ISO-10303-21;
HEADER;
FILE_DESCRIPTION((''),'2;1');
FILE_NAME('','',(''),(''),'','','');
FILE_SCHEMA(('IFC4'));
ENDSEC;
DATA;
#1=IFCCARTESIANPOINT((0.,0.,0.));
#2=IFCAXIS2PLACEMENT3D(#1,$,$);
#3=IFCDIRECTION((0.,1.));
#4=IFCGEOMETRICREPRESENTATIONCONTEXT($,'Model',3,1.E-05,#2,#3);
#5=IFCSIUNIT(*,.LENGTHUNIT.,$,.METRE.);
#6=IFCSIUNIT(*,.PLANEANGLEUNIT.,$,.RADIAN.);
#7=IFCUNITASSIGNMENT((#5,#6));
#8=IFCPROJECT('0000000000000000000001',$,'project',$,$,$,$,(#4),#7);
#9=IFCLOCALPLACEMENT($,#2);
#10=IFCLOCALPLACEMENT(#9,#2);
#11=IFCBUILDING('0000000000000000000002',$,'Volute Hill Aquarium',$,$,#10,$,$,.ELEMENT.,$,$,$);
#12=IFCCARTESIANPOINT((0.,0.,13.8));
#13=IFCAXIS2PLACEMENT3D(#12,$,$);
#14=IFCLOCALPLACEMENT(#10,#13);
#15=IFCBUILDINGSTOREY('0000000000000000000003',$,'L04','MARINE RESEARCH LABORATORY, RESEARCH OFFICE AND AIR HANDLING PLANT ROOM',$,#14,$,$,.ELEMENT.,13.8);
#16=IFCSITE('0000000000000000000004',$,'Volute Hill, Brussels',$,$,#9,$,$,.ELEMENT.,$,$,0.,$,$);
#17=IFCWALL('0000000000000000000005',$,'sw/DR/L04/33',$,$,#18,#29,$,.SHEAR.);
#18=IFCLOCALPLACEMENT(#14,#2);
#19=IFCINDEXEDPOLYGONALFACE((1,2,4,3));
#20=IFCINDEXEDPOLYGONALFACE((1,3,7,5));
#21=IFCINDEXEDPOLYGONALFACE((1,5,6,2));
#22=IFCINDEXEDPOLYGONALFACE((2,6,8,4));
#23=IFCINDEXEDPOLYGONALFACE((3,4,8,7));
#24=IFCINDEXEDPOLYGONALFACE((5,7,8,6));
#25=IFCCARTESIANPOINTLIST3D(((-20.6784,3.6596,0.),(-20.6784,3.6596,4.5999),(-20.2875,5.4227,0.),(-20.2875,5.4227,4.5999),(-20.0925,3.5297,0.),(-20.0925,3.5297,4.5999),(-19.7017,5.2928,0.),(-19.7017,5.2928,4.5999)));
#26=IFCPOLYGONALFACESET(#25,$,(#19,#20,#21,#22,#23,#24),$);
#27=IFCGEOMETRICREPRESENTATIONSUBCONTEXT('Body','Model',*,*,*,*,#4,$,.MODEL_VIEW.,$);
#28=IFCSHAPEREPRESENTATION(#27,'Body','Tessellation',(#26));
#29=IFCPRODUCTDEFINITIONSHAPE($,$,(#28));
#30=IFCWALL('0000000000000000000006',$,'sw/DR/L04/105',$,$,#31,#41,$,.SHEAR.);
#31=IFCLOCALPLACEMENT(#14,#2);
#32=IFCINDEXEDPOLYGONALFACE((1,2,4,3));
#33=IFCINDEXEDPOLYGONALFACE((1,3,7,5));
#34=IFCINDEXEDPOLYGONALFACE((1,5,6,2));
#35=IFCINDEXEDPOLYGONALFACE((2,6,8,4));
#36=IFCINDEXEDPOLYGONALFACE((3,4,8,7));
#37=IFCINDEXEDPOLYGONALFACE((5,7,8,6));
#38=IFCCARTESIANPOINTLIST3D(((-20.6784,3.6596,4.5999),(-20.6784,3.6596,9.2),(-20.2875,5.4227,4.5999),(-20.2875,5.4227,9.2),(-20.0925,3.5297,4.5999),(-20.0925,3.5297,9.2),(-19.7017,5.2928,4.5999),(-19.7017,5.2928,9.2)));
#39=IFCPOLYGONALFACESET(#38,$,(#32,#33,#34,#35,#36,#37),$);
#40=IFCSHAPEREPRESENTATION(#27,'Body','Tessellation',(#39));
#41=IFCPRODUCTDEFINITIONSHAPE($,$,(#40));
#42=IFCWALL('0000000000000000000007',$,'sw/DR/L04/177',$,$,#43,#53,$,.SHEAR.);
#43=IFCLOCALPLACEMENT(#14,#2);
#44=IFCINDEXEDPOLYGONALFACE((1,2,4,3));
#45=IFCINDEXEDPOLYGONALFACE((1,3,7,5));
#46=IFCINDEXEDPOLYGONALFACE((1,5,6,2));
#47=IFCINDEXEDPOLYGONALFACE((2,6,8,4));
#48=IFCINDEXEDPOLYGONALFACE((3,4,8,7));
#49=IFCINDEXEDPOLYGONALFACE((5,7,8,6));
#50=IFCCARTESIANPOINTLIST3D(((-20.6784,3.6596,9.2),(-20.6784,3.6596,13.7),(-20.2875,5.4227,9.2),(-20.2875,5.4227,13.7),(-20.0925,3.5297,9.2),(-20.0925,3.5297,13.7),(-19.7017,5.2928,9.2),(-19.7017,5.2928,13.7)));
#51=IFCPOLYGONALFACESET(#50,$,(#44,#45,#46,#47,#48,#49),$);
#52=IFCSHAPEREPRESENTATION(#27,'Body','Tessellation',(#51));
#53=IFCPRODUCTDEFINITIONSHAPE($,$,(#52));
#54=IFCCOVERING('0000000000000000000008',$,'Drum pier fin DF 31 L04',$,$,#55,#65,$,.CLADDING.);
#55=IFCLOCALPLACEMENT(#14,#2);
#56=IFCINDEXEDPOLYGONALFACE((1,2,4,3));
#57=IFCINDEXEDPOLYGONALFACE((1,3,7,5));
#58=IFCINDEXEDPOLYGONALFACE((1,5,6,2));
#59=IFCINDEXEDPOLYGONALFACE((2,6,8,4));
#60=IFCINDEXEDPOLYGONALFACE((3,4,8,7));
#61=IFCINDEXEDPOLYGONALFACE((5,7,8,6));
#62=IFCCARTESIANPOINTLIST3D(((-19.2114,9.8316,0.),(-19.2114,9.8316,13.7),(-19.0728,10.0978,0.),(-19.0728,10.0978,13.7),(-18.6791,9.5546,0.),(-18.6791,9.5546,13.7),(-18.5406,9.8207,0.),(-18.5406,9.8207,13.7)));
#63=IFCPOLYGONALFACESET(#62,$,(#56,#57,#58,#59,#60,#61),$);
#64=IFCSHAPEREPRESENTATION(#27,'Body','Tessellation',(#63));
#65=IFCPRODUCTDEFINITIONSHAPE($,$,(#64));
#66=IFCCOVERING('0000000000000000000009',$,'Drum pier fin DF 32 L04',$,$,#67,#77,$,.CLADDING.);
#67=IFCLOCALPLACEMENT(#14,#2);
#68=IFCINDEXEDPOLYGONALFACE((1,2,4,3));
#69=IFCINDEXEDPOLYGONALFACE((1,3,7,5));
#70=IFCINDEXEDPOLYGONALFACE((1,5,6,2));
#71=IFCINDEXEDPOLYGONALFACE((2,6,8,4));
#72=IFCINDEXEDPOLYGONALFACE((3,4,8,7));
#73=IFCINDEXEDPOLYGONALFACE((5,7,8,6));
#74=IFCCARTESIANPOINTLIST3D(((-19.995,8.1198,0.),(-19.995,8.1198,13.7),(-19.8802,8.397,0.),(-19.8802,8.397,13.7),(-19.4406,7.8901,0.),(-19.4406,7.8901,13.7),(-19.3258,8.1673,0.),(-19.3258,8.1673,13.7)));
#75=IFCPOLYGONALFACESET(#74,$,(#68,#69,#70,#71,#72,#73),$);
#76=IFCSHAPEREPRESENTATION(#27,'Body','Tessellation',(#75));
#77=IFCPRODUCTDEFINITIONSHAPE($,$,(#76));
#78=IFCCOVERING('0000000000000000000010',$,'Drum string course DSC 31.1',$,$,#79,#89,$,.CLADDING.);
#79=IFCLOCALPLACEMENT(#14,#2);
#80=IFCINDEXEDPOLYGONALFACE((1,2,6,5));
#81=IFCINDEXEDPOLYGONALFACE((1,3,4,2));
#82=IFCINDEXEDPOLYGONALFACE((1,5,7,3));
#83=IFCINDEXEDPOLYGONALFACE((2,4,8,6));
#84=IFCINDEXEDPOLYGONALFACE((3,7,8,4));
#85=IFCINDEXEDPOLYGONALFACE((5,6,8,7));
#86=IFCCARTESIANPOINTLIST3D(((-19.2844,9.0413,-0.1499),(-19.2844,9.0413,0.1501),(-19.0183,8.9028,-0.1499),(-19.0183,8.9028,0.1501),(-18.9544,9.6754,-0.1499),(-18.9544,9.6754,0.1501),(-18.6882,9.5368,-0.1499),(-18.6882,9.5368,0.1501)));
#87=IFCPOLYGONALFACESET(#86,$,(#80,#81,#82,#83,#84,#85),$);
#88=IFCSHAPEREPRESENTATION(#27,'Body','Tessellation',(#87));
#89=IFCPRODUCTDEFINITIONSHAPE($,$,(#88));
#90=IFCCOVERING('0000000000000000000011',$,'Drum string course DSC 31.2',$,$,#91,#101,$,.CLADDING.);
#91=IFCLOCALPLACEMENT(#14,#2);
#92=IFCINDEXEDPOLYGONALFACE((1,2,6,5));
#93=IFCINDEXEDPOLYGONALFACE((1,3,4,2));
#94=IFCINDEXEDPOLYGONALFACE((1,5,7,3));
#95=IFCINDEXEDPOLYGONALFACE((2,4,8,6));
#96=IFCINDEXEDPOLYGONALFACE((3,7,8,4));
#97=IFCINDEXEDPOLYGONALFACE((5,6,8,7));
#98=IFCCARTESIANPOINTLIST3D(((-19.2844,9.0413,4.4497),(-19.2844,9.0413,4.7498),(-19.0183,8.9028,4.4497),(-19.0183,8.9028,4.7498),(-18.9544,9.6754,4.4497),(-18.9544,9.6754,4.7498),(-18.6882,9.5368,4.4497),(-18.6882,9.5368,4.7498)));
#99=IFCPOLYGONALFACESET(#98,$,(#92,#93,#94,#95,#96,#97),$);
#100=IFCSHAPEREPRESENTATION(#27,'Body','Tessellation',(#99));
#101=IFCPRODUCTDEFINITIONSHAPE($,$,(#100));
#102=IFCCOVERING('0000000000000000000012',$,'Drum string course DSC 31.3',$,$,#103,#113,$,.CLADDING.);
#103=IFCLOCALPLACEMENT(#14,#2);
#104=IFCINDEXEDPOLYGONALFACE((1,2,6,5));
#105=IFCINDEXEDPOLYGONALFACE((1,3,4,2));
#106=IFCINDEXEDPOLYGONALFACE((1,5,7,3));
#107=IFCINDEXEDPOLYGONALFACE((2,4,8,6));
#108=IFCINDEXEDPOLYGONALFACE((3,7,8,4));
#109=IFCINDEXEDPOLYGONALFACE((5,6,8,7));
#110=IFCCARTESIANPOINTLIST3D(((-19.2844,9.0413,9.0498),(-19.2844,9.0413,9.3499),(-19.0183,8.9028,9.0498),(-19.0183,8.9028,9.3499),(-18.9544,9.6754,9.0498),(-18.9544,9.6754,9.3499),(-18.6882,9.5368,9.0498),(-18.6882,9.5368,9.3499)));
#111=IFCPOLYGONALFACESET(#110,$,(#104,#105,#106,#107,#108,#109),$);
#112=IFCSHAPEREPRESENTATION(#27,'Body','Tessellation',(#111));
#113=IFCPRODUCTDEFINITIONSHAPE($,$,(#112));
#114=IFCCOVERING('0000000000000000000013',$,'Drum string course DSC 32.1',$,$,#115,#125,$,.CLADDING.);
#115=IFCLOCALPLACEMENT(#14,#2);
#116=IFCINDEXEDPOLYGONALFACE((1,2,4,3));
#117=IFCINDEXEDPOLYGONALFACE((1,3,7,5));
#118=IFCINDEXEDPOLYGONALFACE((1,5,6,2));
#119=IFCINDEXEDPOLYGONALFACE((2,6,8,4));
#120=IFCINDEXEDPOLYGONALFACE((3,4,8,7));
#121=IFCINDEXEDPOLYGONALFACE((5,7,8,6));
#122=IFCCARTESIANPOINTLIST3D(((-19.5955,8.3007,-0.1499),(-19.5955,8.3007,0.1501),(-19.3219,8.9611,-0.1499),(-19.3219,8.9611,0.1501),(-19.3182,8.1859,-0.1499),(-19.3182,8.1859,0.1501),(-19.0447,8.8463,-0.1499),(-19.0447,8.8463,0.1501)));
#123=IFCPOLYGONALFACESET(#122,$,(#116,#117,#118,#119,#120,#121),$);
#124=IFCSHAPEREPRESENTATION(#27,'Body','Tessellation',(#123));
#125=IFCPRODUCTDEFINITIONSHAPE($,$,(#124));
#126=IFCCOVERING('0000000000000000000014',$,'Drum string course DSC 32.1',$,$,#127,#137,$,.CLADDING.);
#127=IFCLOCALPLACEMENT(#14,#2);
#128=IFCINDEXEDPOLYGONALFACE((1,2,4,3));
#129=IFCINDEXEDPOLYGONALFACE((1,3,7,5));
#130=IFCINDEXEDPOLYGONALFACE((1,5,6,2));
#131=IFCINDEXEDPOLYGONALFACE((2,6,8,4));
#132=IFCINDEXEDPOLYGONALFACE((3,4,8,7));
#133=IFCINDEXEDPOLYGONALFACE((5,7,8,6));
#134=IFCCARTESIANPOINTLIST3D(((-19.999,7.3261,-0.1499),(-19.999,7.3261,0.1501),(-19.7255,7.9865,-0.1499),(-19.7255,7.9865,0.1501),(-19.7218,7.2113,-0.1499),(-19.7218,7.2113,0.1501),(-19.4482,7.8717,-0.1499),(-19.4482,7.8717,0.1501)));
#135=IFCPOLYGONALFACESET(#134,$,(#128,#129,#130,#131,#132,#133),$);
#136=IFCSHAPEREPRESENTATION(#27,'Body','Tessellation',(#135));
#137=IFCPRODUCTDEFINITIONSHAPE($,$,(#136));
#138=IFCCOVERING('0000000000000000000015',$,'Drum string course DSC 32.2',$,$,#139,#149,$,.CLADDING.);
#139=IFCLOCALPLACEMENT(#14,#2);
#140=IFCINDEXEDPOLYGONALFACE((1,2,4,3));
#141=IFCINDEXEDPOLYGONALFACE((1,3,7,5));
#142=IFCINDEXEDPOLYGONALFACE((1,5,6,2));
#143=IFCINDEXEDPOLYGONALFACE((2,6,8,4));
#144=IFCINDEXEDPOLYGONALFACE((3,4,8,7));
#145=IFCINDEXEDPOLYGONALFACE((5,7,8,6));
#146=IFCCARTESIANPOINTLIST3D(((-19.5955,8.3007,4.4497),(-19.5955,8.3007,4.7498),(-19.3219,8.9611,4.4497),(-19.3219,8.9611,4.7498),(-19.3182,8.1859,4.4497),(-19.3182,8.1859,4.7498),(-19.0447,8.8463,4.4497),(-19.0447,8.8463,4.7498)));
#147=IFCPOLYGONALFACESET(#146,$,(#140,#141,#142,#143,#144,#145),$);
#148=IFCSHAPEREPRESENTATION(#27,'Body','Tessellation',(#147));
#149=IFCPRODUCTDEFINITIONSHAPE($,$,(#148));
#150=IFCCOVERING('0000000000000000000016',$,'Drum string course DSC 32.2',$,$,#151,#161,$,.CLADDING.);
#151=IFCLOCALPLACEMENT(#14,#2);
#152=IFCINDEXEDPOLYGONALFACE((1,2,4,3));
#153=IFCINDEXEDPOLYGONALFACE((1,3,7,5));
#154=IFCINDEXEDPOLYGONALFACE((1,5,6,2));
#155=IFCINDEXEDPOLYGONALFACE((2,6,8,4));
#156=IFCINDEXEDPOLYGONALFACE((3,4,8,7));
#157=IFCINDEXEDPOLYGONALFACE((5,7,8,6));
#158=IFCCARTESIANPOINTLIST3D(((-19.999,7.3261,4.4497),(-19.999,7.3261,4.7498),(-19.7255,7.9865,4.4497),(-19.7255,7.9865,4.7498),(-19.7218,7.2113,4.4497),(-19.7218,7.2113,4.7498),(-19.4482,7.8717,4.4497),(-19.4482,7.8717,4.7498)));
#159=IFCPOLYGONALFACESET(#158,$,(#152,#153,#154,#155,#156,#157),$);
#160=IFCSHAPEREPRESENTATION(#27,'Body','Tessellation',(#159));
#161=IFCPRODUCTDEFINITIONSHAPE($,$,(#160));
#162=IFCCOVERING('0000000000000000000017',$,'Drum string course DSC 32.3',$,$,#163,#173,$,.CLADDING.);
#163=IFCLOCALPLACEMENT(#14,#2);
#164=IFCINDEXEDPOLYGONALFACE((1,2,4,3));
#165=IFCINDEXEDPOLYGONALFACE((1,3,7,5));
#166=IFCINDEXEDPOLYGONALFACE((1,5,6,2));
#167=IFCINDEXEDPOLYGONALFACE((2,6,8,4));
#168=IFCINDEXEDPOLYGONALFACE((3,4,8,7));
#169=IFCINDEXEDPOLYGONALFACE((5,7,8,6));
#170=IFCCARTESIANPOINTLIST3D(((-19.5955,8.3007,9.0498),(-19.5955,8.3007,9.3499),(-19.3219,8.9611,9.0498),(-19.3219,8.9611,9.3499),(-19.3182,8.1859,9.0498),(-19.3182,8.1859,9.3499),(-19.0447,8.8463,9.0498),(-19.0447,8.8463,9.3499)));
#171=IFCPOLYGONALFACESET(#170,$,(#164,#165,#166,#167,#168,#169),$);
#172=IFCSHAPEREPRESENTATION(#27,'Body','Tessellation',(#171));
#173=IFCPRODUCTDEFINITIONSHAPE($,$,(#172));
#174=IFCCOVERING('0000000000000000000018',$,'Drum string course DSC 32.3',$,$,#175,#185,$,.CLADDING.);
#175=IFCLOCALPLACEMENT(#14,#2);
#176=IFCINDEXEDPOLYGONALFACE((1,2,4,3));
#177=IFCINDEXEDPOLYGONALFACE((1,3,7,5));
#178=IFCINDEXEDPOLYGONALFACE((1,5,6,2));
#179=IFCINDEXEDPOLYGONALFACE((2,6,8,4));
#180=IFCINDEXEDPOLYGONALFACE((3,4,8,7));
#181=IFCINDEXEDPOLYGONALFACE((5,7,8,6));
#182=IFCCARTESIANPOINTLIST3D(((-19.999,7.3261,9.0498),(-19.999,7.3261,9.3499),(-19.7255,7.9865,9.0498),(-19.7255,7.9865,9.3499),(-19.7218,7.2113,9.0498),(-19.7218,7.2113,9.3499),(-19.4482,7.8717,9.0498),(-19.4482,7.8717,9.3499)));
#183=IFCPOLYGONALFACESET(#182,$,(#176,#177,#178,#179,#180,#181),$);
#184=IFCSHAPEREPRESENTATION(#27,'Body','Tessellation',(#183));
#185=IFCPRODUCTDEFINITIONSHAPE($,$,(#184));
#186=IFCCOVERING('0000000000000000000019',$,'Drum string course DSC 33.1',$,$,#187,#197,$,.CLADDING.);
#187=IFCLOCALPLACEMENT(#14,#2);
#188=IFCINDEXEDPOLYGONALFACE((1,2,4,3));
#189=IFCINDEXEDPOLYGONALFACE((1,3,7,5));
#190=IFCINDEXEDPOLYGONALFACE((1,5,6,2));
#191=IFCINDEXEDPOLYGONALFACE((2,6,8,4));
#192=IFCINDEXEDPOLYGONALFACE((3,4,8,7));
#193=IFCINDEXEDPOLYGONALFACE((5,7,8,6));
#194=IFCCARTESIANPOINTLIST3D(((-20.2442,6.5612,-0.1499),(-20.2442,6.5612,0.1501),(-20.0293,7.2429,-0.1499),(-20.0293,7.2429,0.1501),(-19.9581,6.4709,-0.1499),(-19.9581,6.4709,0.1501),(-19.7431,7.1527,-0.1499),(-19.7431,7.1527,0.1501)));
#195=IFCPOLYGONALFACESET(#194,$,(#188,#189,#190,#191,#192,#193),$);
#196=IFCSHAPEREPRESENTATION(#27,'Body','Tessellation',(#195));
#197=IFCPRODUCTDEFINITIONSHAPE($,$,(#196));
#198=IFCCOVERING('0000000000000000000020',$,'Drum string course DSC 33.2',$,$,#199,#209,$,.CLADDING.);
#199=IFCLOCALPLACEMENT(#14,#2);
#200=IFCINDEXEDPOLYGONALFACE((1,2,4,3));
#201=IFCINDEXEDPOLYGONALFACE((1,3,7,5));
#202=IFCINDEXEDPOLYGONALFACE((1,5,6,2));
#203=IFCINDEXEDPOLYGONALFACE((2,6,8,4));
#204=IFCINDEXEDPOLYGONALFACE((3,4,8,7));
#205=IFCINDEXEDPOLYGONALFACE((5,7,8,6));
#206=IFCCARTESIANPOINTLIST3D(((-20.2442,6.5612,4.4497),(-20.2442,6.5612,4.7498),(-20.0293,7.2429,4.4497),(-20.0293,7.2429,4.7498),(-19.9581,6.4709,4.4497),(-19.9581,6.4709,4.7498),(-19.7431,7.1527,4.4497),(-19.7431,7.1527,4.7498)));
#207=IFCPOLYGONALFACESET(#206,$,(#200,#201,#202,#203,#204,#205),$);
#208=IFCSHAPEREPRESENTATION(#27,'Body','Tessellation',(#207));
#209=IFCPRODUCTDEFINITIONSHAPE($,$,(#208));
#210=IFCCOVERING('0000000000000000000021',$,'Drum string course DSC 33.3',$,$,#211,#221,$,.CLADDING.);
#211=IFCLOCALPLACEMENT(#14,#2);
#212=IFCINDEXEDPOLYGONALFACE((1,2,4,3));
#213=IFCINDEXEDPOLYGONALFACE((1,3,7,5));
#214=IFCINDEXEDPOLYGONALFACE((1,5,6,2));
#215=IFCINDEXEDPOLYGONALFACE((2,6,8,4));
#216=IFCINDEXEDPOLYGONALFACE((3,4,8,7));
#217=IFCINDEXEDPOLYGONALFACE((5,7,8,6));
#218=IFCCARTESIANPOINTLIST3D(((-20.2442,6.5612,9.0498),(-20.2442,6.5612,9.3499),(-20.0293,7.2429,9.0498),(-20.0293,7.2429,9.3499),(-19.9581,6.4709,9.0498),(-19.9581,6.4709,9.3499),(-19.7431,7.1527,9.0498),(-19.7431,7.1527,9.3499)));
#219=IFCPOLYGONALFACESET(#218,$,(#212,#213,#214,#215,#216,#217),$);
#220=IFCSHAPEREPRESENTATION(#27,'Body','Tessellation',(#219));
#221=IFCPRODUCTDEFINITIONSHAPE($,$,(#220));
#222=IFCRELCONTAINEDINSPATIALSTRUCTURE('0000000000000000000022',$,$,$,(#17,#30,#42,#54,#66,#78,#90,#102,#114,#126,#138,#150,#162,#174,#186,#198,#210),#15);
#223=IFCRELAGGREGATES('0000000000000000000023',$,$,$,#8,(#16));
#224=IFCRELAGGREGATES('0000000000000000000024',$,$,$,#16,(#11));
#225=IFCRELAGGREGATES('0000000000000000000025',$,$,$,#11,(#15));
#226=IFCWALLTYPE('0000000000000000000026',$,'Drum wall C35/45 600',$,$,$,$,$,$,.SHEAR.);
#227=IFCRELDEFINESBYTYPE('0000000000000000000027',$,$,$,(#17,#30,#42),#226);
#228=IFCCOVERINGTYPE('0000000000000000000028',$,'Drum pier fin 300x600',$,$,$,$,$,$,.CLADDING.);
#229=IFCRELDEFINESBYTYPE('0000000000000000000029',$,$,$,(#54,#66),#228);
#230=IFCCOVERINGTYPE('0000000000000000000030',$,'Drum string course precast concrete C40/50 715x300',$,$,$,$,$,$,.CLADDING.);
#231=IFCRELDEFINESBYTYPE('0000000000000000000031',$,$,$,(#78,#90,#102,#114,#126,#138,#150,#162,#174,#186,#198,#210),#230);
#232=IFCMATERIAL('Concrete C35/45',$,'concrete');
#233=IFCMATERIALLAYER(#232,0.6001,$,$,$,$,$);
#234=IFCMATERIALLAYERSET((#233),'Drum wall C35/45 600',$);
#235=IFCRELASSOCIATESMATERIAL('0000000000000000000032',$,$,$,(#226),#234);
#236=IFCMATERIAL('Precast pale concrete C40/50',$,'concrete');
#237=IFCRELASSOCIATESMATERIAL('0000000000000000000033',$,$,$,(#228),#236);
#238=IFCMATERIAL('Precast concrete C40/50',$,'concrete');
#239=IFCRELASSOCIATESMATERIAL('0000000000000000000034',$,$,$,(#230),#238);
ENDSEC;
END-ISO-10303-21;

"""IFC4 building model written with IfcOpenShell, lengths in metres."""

from ifc_helpers import new_model, si_unit, direction, frame, frame_2d, origin, origin_2d, place, context, subcontext, project, spatial, rectangle, extrude, material, layer, layer_set, type_object, element, save


model = new_model("IFC4")

# Units and contexts
model_context = context("Model", 3, precision=1e-05, world=origin(), true_north=direction((0.0, 1.0)))
body_context = subcontext(model_context, "Body", "Model", "MODEL_VIEW")
ifc_project = project(units=[si_unit("LENGTHUNIT", "METRE"), si_unit("PLANEANGLEUNIT", "RADIAN")], contexts=[model_context])

# Site, building, storey
site_placement = place(None, origin())
site = spatial("IfcSite", under=ifc_project, at=site_placement, Name="Volute Hill, Brussels", CompositionType="ELEMENT", RefElevation=0.0)
building_placement = place(site_placement, origin())
building = spatial("IfcBuilding", under=site, at=building_placement, Name="Volute Hill Aquarium", CompositionType="ELEMENT")
storey_placement = place(building_placement, frame((0.0, 0.0, 13.8)))
storey = spatial("IfcBuildingStorey", under=building, at=storey_placement, Name="L04", Description="MARINE RESEARCH LABORATORY, RESEARCH OFFICE AND AIR HANDLING PLANT ROOM", CompositionType="ELEMENT", Elevation=13.8)

# Walls
ifc_material_1 = material(Name="Concrete C35/45", Category="concrete")
ifc_layer_1 = layer(ifc_material_1, 0.6001)
ifc_layer_set_1 = layer_set([ifc_layer_1], Name="Drum wall C35/45 600")
wall_type = type_object("IfcWallType", Name="Drum wall C35/45 600", PredefinedType="SHEAR", material=ifc_layer_set_1)
wall_1_placement = place(storey_placement, frame((-19.9946, 5.3577, 0.0), z_axis=(0.0, 0.0, 1.0), x_axis=(-0.216429, -0.976298, 0.0)))
element("IfcWall", 1, at=wall_1_placement, inside=storey, type_object=wall_type, Name="sw/DR/L04/33", PredefinedType="SHEAR", context=body_context, shape_type="SweptSolid", body=[
    extrude(rectangle(XDim=1.8059, YDim=0.6001, at=frame_2d((0.9028, 0.0))), origin(), (0.0, 0.0, 1.0), 4.5999),
])
wall_2_placement = place(storey_placement, frame((-19.9946, 5.3577, 4.5999), z_axis=(0.0, 0.0, 1.0), x_axis=(-0.216429, -0.976298, 0.0)))
element("IfcWall", 2, at=wall_2_placement, inside=storey, type_object=wall_type, Name="sw/DR/L04/105", PredefinedType="SHEAR", context=body_context, shape_type="SweptSolid", body=[
    extrude(rectangle(XDim=1.8059, YDim=0.6001, at=frame_2d((0.9028, 0.0))), origin(), (0.0, 0.0, 1.0), 4.6001),
])
wall_3_placement = place(storey_placement, frame((-19.9946, 5.3577, 9.2), z_axis=(0.0, 0.0, 1.0), x_axis=(-0.216429, -0.976298, 0.0)))
element("IfcWall", 3, at=wall_3_placement, inside=storey, type_object=wall_type, Name="sw/DR/L04/177", PredefinedType="SHEAR", context=body_context, shape_type="SweptSolid", body=[
    extrude(rectangle(XDim=1.8059, YDim=0.6001, at=frame_2d((0.9028, 0.0))), origin(), (0.0, 0.0, 1.0), 4.5),
])

# Coverings
ifc_material_2 = material(Name="Precast pale concrete C40/50", Category="concrete")
covering_type_1 = type_object("IfcCoveringType", Name="Drum pier fin 300x600", PredefinedType="CLADDING", material=ifc_material_2)
for number, where, z_axis, x_axis, name in (
    (4, (-18.876, 9.8262, 0.0), (0.0, 0.0, 1.0), (-0.461749, -0.887011, 0.0), "Drum pier fin DF 31 L04"),
    (5, (-19.6604, 8.1436, 0.0), (0.0, 0.0, 1.0), (-0.382683, -0.92388, 0.0), "Drum pier fin DF 32 L04"),
):
    element("IfcCovering", number, at=place(storey_placement, frame(where, z_axis=z_axis, x_axis=x_axis)), inside=storey, type_object=covering_type_1, Name=name, PredefinedType="CLADDING", context=body_context, shape_type="SweptSolid", body=[
        extrude(rectangle(XDim=0.3, YDim=0.6001, at=origin_2d()), origin(), (0.0, 0.0, 1.0), 13.7),
    ])
ifc_material_3 = material(Name="Precast concrete C40/50", Category="concrete")
covering_type_2 = type_object("IfcCoveringType", Name="Drum string course precast concrete C40/50 715x300", PredefinedType="CLADDING", material=ifc_material_3)
for number, where, z_axis, x_axis, name in (
    (6, (-18.9863, 9.2891, -0.1499), (0.0, 0.0, 1.0), (-0.461749, -0.887011, 0.0), "Drum string course DSC 31.1"),
    (7, (-18.9863, 9.2891, 4.4497), (0.0, 0.0, 1.0), (-0.461749, -0.887011, 0.0), "Drum string course DSC 31.2"),
    (8, (-18.9863, 9.2891, 9.0498), (0.0, 0.0, 1.0), (-0.461749, -0.887011, 0.0), "Drum string course DSC 31.3"),
    (9, (-19.3201, 8.5735, -0.1499), (0.0, 0.0, 1.0), (-0.382683, -0.92388, 0.0), "Drum string course DSC 32.1"),
    (10, (-19.7236, 7.5989, -0.1499), (0.0, 0.0, 1.0), (-0.382683, -0.92388, 0.0), "Drum string course DSC 32.1"),
    (11, (-19.3201, 8.5735, 4.4497), (0.0, 0.0, 1.0), (-0.382683, -0.92388, 0.0), "Drum string course DSC 32.2"),
    (12, (-19.7236, 7.5989, 4.4497), (0.0, 0.0, 1.0), (-0.382683, -0.92388, 0.0), "Drum string course DSC 32.2"),
    (13, (-19.3201, 8.5735, 9.0498), (0.0, 0.0, 1.0), (-0.382683, -0.92388, 0.0), "Drum string course DSC 32.3"),
    (14, (-19.7236, 7.5989, 9.0498), (0.0, 0.0, 1.0), (-0.382683, -0.92388, 0.0), "Drum string course DSC 32.3"),
    (15, (-19.9937, 6.8569, -0.1499), (0.0, 0.0, 1.0), (-0.300706, -0.953717, 0.0), "Drum string course DSC 33.1"),
    (16, (-19.9937, 6.8569, 4.4497), (0.0, 0.0, 1.0), (-0.300706, -0.953717, 0.0), "Drum string course DSC 33.2"),
    (17, (-19.9937, 6.8569, 9.0498), (0.0, 0.0, 1.0), (-0.300706, -0.953717, 0.0), "Drum string course DSC 33.3"),
):
    element("IfcCovering", number, at=place(storey_placement, frame(where, z_axis=z_axis, x_axis=x_axis)), inside=storey, type_object=covering_type_2, Name=name, PredefinedType="CLADDING", context=body_context, shape_type="SweptSolid", body=[
        extrude(rectangle(XDim=0.7148, YDim=0.3, at=origin_2d()), origin(), (0.0, 0.0, 1.0), 0.3),
    ])

save(model, "model.ifc")
